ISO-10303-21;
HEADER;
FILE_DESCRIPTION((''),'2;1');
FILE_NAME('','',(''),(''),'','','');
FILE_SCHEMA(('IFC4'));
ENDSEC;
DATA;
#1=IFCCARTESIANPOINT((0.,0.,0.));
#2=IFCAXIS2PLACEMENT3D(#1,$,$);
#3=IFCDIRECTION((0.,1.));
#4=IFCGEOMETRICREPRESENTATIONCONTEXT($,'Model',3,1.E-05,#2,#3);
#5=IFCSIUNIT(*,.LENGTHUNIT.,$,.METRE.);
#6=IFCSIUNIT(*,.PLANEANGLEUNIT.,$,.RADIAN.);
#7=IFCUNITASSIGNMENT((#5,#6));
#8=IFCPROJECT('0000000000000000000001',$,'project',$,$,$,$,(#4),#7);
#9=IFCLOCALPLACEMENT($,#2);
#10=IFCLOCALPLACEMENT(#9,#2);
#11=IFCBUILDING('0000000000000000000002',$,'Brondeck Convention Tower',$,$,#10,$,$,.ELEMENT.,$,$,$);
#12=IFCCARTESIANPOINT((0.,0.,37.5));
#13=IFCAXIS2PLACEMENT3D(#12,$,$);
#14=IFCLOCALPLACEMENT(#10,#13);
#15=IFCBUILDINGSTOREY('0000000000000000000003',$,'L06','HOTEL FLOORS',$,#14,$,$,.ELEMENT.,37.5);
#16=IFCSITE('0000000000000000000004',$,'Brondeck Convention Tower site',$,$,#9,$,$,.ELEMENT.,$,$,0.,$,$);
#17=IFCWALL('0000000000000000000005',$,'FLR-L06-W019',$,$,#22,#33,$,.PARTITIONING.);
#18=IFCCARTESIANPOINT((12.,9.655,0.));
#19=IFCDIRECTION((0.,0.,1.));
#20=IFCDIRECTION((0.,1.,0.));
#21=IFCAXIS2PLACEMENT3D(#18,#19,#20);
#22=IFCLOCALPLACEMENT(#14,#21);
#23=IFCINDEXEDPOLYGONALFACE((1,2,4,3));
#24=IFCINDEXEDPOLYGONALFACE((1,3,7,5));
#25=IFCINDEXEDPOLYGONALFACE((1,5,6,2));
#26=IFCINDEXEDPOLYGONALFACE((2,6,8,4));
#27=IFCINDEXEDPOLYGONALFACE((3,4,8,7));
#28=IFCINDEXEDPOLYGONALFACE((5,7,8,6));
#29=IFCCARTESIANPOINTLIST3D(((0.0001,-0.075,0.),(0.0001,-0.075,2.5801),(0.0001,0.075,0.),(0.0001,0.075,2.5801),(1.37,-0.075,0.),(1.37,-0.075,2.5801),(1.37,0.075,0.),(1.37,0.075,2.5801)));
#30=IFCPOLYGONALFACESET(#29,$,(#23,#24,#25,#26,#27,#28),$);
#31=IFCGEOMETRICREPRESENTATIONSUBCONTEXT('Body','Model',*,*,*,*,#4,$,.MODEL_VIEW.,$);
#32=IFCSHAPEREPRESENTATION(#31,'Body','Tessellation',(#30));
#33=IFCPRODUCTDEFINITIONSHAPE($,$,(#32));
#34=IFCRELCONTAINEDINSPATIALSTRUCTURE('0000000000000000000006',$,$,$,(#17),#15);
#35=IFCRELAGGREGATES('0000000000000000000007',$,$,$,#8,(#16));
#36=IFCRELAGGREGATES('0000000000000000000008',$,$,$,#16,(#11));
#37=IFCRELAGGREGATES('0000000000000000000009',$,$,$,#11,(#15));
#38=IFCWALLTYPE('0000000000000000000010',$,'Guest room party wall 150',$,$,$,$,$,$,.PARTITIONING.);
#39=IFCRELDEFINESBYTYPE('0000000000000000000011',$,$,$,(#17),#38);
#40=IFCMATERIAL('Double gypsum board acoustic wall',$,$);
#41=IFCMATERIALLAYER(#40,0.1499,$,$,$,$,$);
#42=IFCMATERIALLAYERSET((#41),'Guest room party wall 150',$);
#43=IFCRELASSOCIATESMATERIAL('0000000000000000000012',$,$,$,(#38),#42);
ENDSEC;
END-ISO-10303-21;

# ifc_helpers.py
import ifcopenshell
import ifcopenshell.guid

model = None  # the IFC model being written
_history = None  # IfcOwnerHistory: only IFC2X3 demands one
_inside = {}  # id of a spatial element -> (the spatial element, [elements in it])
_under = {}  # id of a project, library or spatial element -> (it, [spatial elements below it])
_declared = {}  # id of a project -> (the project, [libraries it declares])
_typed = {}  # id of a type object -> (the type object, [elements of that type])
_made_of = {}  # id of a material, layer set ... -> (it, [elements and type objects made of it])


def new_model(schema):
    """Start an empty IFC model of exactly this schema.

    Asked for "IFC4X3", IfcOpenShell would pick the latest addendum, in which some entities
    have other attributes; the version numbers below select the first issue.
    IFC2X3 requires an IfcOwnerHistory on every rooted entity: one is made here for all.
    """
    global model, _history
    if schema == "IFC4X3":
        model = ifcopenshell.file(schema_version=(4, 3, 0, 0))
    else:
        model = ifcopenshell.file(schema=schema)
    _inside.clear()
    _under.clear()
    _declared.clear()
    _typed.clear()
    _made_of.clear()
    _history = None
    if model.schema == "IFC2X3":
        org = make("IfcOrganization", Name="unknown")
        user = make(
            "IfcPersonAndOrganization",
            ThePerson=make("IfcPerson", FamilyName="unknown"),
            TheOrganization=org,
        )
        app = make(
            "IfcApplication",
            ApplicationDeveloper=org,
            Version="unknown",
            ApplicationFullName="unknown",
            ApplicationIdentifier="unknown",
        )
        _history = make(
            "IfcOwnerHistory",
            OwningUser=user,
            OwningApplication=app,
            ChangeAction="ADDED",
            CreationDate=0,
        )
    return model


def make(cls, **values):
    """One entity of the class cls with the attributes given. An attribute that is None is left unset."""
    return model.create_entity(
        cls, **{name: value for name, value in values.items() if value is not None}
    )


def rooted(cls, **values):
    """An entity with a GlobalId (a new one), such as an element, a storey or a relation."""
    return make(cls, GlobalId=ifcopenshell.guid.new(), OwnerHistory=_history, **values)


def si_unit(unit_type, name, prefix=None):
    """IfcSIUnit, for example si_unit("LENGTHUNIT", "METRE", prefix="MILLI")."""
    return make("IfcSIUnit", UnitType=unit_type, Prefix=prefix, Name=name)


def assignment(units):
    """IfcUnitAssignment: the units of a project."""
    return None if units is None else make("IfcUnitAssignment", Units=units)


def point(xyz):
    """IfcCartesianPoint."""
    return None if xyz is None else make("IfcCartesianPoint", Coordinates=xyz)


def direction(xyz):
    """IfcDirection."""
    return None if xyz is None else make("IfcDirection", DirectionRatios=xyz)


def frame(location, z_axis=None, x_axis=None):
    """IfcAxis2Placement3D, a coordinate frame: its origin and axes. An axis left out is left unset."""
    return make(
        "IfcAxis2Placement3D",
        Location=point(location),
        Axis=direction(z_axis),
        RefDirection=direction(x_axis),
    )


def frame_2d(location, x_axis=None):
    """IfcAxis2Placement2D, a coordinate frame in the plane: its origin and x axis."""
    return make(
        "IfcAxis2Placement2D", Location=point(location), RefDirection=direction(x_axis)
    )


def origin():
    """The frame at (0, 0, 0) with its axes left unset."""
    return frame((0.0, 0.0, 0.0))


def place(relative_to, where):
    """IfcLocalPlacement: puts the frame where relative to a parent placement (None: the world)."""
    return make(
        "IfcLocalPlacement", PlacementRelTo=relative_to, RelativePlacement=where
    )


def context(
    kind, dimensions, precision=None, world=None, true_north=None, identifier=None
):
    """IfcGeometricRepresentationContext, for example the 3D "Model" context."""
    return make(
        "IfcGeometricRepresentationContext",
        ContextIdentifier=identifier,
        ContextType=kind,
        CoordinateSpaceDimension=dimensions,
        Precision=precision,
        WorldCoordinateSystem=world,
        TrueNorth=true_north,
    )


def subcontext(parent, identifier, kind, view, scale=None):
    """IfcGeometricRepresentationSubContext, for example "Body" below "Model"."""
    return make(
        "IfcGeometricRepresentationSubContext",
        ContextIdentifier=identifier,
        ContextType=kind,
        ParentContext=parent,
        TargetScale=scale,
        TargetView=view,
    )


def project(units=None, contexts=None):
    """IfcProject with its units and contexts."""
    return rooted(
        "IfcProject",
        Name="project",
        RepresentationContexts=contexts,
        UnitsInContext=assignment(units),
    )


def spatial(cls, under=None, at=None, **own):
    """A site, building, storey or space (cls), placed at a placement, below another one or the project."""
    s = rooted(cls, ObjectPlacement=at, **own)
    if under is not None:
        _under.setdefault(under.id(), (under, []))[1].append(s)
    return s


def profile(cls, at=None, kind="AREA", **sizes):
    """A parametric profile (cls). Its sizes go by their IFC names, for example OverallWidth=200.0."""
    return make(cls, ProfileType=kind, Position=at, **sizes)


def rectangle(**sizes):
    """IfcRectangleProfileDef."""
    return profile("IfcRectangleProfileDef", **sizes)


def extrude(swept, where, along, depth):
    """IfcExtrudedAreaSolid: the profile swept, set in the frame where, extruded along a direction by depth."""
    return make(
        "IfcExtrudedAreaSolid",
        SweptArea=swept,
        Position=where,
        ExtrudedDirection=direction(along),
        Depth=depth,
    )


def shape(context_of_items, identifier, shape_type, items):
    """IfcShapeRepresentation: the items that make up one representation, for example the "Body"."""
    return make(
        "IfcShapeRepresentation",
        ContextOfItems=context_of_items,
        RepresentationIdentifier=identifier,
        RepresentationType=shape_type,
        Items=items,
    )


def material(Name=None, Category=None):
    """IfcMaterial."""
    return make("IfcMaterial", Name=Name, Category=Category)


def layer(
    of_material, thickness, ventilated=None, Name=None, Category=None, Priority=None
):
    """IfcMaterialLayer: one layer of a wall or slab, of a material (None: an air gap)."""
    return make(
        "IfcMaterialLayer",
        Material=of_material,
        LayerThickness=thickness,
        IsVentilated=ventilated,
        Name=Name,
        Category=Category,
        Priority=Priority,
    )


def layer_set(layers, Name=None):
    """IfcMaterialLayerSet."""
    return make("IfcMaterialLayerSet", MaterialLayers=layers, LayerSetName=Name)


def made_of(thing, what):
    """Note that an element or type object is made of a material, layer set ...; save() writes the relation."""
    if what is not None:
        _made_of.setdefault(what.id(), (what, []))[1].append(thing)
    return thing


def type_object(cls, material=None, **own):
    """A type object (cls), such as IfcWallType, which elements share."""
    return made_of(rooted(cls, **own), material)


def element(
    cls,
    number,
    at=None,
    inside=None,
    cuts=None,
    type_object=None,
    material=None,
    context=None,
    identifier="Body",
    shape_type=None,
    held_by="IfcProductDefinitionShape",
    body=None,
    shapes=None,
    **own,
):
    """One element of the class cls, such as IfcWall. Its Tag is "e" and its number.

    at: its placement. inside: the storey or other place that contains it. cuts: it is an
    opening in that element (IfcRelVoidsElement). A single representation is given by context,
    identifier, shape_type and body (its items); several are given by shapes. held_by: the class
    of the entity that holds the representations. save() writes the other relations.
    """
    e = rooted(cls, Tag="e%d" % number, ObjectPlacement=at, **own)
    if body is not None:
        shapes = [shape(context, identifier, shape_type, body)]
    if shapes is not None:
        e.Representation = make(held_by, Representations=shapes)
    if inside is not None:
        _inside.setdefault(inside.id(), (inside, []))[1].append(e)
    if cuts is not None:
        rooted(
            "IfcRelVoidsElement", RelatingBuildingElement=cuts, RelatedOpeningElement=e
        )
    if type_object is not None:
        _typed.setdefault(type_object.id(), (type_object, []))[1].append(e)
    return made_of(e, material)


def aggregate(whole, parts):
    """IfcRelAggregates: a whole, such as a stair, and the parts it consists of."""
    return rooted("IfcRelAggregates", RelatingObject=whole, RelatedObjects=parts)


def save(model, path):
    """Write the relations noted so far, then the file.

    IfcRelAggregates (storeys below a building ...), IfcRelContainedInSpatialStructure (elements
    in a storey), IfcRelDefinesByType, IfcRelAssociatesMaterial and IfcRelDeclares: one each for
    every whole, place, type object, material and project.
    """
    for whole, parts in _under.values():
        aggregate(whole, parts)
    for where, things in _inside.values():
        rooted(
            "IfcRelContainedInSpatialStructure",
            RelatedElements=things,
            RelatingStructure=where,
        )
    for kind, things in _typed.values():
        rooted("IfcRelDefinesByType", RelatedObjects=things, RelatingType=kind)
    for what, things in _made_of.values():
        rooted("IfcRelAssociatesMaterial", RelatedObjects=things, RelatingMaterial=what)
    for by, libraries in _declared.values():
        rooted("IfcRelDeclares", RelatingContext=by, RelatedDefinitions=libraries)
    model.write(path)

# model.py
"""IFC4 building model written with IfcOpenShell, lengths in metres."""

from ifc_helpers import new_model, si_unit, direction, frame, frame_2d, origin, place, context, subcontext, project, spatial, rectangle, extrude, material, layer, layer_set, type_object, element, save


model = new_model("IFC4")

# Units and contexts
model_context = context("Model", 3, precision=1e-05, world=origin(), true_north=direction((0.0, 1.0)))
body_context = subcontext(model_context, "Body", "Model", "MODEL_VIEW")
ifc_project = project(units=[si_unit("LENGTHUNIT", "METRE"), si_unit("PLANEANGLEUNIT", "RADIAN")], contexts=[model_context])

# Site, building, storey
site_placement = place(None, origin())
site = spatial("IfcSite", under=ifc_project, at=site_placement, Name="Brondeck Convention Tower site", CompositionType="ELEMENT", RefElevation=0.0)
building_placement = place(site_placement, origin())
building = spatial("IfcBuilding", under=site, at=building_placement, Name="Brondeck Convention Tower", CompositionType="ELEMENT")
storey_placement = place(building_placement, frame((0.0, 0.0, 37.5)))
storey = spatial("IfcBuildingStorey", under=building, at=storey_placement, Name="L06", Description="HOTEL FLOORS", CompositionType="ELEMENT", Elevation=37.5)

# Shared definitions
ifc_material_1 = material(Name="Double gypsum board acoustic wall")
ifc_layer = layer(ifc_material_1, 0.1499)
ifc_layer_set = layer_set([ifc_layer], Name="Guest room party wall 150")
wall_type = type_object("IfcWallType", Name="Guest room party wall 150", PredefinedType="PARTITIONING", material=ifc_layer_set)

# Wall
wall_1_placement = place(storey_placement, frame((12.0, 9.655, 0.0), z_axis=(0.0, 0.0, 1.0), x_axis=(0.0, 1.0, 0.0)))
element("IfcWall", 1, at=wall_1_placement, inside=storey, type_object=wall_type, Name="FLR-L06-W019", PredefinedType="PARTITIONING", context=body_context, shape_type="SweptSolid", body=[
    extrude(rectangle(XDim=1.3699, YDim=0.1499, at=frame_2d((0.6851, 0.0))), origin(), (0.0, 0.0, 1.0), 2.5801),
])

save(model, "model.ifc")
